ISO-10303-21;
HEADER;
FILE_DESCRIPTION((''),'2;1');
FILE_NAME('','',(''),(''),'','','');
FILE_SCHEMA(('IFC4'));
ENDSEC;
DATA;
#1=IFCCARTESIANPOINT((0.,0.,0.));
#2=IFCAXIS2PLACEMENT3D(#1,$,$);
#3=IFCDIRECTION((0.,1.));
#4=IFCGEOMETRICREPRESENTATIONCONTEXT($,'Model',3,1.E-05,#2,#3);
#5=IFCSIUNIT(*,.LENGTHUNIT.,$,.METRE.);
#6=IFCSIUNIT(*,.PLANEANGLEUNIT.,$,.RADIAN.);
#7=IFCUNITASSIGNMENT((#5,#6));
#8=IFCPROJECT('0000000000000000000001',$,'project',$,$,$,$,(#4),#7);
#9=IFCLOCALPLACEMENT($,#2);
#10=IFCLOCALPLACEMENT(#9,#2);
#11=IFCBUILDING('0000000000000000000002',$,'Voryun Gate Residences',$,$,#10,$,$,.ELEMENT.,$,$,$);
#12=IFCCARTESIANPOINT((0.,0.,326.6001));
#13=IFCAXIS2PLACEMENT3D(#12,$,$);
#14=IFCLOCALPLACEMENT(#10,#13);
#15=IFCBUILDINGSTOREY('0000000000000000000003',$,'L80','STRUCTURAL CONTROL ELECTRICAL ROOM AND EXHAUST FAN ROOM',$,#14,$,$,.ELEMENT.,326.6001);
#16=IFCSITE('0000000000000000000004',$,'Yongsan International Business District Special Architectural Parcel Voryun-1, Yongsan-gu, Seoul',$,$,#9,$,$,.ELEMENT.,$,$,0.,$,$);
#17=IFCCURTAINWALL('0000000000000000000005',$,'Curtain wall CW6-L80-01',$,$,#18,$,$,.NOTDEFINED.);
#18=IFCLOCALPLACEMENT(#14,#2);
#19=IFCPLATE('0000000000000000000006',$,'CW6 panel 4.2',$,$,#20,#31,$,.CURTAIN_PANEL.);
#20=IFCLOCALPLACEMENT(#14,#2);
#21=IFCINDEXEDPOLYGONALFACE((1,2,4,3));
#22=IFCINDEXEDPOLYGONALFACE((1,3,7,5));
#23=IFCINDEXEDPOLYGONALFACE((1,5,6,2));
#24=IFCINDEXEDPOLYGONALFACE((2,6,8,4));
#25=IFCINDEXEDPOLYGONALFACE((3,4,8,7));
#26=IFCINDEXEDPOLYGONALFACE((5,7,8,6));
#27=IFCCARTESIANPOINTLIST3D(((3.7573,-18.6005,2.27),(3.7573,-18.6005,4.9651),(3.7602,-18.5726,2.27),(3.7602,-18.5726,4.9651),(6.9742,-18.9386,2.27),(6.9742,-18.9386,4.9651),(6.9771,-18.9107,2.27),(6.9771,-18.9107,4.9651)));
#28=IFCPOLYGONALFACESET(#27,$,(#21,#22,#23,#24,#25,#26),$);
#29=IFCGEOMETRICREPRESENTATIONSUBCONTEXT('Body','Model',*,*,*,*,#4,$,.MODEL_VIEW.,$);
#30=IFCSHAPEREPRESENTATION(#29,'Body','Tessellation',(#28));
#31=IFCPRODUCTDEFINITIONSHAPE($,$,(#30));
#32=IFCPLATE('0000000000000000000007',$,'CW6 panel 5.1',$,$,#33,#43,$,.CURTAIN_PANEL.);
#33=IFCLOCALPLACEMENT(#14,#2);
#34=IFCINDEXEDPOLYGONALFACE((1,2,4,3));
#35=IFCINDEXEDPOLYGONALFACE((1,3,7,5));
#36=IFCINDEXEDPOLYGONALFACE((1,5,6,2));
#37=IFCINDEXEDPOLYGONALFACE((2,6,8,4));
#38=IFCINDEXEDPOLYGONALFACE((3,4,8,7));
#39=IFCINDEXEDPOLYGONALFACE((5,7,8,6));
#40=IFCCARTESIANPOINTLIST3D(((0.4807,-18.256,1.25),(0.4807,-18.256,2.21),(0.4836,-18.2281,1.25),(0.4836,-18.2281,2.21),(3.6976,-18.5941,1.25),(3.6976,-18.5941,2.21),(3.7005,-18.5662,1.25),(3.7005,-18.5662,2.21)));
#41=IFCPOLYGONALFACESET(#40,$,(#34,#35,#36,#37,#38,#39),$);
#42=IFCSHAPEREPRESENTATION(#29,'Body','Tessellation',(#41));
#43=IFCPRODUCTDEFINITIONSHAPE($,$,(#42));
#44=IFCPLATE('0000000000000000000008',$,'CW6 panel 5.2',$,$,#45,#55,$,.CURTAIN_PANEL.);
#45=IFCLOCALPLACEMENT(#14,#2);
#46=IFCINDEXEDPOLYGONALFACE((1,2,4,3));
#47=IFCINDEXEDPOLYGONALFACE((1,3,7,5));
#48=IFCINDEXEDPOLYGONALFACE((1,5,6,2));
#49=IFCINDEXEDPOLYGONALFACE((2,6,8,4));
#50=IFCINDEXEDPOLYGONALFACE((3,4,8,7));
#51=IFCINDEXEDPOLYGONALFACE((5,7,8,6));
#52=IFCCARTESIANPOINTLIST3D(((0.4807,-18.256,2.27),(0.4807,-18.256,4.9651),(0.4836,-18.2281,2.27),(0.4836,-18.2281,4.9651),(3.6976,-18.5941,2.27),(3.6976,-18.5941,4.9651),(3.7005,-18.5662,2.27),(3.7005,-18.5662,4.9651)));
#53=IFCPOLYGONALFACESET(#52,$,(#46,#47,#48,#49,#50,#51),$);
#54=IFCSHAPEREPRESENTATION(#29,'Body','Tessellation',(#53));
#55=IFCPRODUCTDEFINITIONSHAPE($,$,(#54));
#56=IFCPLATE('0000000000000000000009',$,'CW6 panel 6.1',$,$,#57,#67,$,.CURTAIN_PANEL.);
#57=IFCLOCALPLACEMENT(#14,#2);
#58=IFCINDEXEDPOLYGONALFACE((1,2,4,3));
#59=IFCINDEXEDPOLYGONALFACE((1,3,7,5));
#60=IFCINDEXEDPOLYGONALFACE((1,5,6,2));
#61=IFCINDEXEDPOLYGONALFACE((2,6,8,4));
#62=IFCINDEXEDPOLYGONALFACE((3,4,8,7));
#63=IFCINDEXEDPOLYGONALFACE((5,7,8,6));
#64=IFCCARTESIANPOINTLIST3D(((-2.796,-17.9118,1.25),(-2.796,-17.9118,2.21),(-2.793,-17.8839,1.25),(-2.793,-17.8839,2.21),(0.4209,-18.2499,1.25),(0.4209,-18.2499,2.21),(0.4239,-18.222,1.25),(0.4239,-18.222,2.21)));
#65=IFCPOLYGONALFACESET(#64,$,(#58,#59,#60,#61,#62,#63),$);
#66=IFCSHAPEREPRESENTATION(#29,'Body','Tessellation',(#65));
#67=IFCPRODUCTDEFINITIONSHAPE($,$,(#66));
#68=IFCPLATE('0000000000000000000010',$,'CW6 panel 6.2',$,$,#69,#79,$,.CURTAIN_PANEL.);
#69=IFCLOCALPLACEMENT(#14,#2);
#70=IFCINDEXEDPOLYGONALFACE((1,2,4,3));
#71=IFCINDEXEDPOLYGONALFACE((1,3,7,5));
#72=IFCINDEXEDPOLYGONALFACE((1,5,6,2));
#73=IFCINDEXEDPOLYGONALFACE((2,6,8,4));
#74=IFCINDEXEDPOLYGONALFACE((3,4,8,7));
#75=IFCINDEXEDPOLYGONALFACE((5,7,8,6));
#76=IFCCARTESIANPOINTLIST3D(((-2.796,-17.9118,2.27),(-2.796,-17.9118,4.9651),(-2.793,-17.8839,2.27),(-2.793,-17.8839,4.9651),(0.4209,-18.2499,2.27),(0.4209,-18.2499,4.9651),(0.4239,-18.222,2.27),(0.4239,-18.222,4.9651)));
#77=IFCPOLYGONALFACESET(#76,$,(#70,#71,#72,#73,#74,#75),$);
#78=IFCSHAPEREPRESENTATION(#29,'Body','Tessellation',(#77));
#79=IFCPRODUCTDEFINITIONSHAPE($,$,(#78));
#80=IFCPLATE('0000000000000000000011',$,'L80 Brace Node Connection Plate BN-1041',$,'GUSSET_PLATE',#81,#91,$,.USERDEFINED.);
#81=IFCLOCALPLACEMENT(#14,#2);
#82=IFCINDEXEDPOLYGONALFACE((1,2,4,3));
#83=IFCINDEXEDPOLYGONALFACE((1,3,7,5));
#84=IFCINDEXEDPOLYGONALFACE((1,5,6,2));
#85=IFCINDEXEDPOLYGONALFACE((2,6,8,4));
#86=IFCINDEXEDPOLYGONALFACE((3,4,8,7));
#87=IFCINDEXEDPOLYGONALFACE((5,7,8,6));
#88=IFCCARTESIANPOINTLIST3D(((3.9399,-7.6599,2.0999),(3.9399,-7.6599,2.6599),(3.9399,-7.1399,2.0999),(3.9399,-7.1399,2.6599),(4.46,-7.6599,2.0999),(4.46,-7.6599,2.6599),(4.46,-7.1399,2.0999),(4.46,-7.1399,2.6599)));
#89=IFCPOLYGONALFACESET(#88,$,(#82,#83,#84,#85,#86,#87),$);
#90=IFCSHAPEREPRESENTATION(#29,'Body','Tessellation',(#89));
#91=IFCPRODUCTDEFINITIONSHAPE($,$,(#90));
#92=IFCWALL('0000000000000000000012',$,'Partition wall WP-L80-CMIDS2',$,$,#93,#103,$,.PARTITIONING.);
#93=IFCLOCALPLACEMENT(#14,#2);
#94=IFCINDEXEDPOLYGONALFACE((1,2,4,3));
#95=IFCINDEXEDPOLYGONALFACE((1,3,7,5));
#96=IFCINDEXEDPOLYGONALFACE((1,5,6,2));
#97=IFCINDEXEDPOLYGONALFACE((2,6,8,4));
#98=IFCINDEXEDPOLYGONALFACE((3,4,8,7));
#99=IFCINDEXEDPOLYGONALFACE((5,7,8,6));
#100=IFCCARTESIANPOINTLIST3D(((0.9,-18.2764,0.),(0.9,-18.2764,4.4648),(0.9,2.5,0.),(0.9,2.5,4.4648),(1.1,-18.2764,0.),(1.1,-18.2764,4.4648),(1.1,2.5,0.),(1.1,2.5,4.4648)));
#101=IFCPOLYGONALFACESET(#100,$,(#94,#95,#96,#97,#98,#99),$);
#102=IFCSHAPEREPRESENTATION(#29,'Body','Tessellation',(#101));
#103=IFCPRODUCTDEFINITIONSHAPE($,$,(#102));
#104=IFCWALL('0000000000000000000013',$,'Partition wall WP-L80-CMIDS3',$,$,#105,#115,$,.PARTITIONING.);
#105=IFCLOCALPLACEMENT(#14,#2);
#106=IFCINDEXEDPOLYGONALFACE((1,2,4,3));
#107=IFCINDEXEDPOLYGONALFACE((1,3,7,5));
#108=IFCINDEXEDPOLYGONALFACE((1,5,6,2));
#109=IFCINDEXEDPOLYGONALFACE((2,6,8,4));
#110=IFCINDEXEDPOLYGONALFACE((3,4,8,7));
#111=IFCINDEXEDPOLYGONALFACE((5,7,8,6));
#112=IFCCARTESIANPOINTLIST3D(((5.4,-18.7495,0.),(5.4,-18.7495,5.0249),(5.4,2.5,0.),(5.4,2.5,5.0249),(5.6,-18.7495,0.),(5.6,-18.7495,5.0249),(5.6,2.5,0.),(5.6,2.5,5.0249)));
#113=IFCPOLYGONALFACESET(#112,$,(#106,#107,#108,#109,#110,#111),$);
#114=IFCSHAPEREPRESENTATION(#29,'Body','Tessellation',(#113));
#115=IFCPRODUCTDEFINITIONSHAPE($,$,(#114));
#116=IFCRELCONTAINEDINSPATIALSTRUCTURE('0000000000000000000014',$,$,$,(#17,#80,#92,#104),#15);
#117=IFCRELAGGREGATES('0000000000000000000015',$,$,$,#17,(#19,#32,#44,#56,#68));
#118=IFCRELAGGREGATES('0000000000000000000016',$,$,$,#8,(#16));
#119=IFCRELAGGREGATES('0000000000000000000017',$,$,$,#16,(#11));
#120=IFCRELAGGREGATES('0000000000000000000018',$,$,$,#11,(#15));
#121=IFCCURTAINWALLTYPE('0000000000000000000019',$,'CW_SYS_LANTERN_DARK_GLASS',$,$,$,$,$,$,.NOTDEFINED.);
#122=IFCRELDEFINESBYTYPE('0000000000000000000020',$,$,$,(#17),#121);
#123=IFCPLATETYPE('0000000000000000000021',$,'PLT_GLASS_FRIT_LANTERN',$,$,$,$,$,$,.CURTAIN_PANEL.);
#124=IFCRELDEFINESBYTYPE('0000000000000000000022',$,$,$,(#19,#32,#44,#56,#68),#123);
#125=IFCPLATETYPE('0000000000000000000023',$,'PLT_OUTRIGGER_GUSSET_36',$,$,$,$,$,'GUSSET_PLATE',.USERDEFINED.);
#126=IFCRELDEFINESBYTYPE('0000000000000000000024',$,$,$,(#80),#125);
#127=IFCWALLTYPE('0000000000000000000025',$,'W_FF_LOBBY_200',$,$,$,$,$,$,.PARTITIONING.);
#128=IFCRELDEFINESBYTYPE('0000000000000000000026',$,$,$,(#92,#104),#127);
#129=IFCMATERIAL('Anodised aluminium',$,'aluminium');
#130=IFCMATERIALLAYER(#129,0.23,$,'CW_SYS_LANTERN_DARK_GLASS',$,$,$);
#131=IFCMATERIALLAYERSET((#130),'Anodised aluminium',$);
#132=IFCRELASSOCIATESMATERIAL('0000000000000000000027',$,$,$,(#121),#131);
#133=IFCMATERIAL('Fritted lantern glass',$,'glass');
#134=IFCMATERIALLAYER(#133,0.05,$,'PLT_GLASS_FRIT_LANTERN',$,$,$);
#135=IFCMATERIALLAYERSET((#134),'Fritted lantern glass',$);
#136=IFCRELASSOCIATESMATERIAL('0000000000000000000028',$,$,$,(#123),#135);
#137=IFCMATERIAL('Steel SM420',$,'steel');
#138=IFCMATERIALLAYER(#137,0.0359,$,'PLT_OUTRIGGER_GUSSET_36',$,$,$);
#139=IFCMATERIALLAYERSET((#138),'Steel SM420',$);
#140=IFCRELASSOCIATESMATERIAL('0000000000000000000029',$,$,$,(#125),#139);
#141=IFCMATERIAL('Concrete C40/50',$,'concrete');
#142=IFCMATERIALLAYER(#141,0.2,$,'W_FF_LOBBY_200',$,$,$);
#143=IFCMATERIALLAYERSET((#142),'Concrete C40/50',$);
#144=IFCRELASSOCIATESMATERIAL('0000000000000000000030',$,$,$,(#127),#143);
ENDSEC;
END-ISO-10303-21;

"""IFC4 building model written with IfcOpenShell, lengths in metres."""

from ifc_helpers import new_model, si_unit, direction, frame, frame_2d, origin, origin_2d, place, context, subcontext, project, spatial, rectangle, extrude, material, layer, layer_set, type_object, element, aggregate, save


model = new_model("IFC4")

# Units and contexts
model_context = context("Model", 3, precision=1e-05, world=origin(), true_north=direction((0.0, 1.0)))
body_context = subcontext(model_context, "Body", "Model", "MODEL_VIEW")
ifc_project = project(units=[si_unit("LENGTHUNIT", "METRE"), si_unit("PLANEANGLEUNIT", "RADIAN")], contexts=[model_context])

# Site, building, storey
site_placement = place(None, origin())
site = spatial("IfcSite", under=ifc_project, at=site_placement, Name="Yongsan International Business District Special Architectural Parcel Voryun-1, Yongsan-gu, Seoul", CompositionType="ELEMENT", RefElevation=0.0)
building_placement = place(site_placement, origin())
building = spatial("IfcBuilding", under=site, at=building_placement, Name="Voryun Gate Residences", CompositionType="ELEMENT")
storey_placement = place(building_placement, frame((0.0, 0.0, 326.6001)))
storey = spatial("IfcBuildingStorey", under=building, at=storey_placement, Name="L80", Description="STRUCTURAL CONTROL ELECTRICAL ROOM AND EXHAUST FAN ROOM", CompositionType="ELEMENT", Elevation=326.6001)

# Curtain wall
ifc_material_1 = material(Name="Anodised aluminium", Category="aluminium")
ifc_layer_1 = layer(ifc_material_1, 0.23, Name="CW_SYS_LANTERN_DARK_GLASS")
ifc_layer_set_1 = layer_set([ifc_layer_1], Name="Anodised aluminium")
curtain_wall_type = type_object("IfcCurtainWallType", Name="CW_SYS_LANTERN_DARK_GLASS", PredefinedType="NOTDEFINED", material=ifc_layer_set_1)
curtain_wall_placement = place(storey_placement, origin())
curtain_wall = element("IfcCurtainWall", 1, at=curtain_wall_placement, inside=storey, type_object=curtain_wall_type, Name="Curtain wall CW6-L80-01", PredefinedType="NOTDEFINED")

# Plates
ifc_material_2 = material(Name="Fritted lantern glass", Category="glass")
ifc_layer_2 = layer(ifc_material_2, 0.05, Name="PLT_GLASS_FRIT_LANTERN")
ifc_layer_set_2 = layer_set([ifc_layer_2], Name="Fritted lantern glass")
plate_type_1 = type_object("IfcPlateType", Name="PLT_GLASS_FRIT_LANTERN", PredefinedType="CURTAIN_PANEL", material=ifc_layer_set_2)
plate_1_placement = place(storey_placement, frame((5.3672, -18.7556, 2.27), z_axis=(0.0, 0.0, 1.0), x_axis=(-0.994522, 0.104528, 0.0)))
plate_1 = element("IfcPlate", 2, at=plate_1_placement, type_object=plate_type_1, Name="CW6 panel 4.2", PredefinedType="CURTAIN_PANEL", context=body_context, shape_type="SweptSolid", body=[
    extrude(rectangle(XDim=3.2346, YDim=0.0281, at=origin_2d()), origin(), (0.0, 0.0, 1.0), 2.6951),
])
plate_2_placement = place(storey_placement, frame((2.0906, -18.4111, 1.25), z_axis=(0.0, 0.0, 1.0), x_axis=(-0.994522, 0.104528, 0.0)))
plate_2 = element("IfcPlate", 3, at=plate_2_placement, type_object=plate_type_1, Name="CW6 panel 5.1", PredefinedType="CURTAIN_PANEL", context=body_context, shape_type="SweptSolid", body=[
    extrude(rectangle(XDim=3.2346, YDim=0.0281, at=origin_2d()), origin(), (0.0, 0.0, 1.0), 0.96),
])
plate_3_placement = place(storey_placement, frame((2.0906, -18.4111, 2.27), z_axis=(0.0, 0.0, 1.0), x_axis=(-0.994522, 0.104528, 0.0)))
plate_3 = element("IfcPlate", 4, at=plate_3_placement, type_object=plate_type_1, Name="CW6 panel 5.2", PredefinedType="CURTAIN_PANEL", context=body_context, shape_type="SweptSolid", body=[
    extrude(rectangle(XDim=3.2346, YDim=0.0281, at=origin_2d()), origin(), (0.0, 0.0, 1.0), 2.6951),
])
plate_4_placement = place(storey_placement, frame((-1.186, -18.0669, 1.25), z_axis=(0.0, 0.0, 1.0), x_axis=(-0.994522, 0.104528, 0.0)))
plate_4 = element("IfcPlate", 5, at=plate_4_placement, type_object=plate_type_1, Name="CW6 panel 6.1", PredefinedType="CURTAIN_PANEL", context=body_context, shape_type="SweptSolid", body=[
    extrude(rectangle(XDim=3.2346, YDim=0.0281, at=origin_2d()), origin(), (0.0, 0.0, 1.0), 0.96),
])
plate_5_placement = place(storey_placement, frame((-1.186, -18.0669, 2.27), z_axis=(0.0, 0.0, 1.0), x_axis=(-0.994522, 0.104528, 0.0)))
plate_5 = element("IfcPlate", 6, at=plate_5_placement, type_object=plate_type_1, Name="CW6 panel 6.2", PredefinedType="CURTAIN_PANEL", context=body_context, shape_type="SweptSolid", body=[
    extrude(rectangle(XDim=3.2346, YDim=0.0281, at=origin_2d()), origin(), (0.0, 0.0, 1.0), 2.6951),
])
aggregate(curtain_wall, [plate_1, plate_2, plate_3, plate_4, plate_5])
ifc_material_3 = material(Name="Steel SM420", Category="steel")
ifc_layer_3 = layer(ifc_material_3, 0.0359, Name="PLT_OUTRIGGER_GUSSET_36")
ifc_layer_set_3 = layer_set([ifc_layer_3], Name="Steel SM420")
plate_type_2 = type_object("IfcPlateType", Name="PLT_OUTRIGGER_GUSSET_36", ElementType="GUSSET_PLATE", PredefinedType="USERDEFINED", material=ifc_layer_set_3)
plate_6_placement = place(storey_placement, frame((4.2, -7.3999, 2.0999), z_axis=(0.0, 0.0, 1.0), x_axis=(1.0, 0.0, 0.0)))
element("IfcPlate", 7, at=plate_6_placement, inside=storey, type_object=plate_type_2, Name="L80 Brace Node Connection Plate BN-1041", ObjectType="GUSSET_PLATE", PredefinedType="USERDEFINED", context=body_context, shape_type="SweptSolid", body=[
    extrude(rectangle(XDim=0.52, YDim=0.52, at=origin_2d()), origin(), (0.0, 0.0, 1.0), 0.5601),
])

# Walls
ifc_material_4 = material(Name="Concrete C40/50", Category="concrete")
ifc_layer_4 = layer(ifc_material_4, 0.2, Name="W_FF_LOBBY_200")
ifc_layer_set_4 = layer_set([ifc_layer_4], Name="Concrete C40/50")
wall_type = type_object("IfcWallType", Name="W_FF_LOBBY_200", PredefinedType="PARTITIONING", material=ifc_layer_set_4)
wall_1_placement = place(storey_placement, frame((1.0, -18.2764, 0.0), z_axis=(0.0, 0.0, 1.0), x_axis=(0.0, 1.0, 0.0)))
element("IfcWall", 8, at=wall_1_placement, inside=storey, type_object=wall_type, Name="Partition wall WP-L80-CMIDS2", PredefinedType="PARTITIONING", context=body_context, shape_type="SweptSolid", body=[
    extrude(rectangle(XDim=20.7764, YDim=0.2, at=frame_2d((10.3882, 0.0))), origin(), (0.0, 0.0, 1.0), 4.4648),
])
wall_2_placement = place(storey_placement, frame((5.5, -18.7495, 0.0), z_axis=(0.0, 0.0, 1.0), x_axis=(0.0, 1.0, 0.0)))
element("IfcWall", 9, at=wall_2_placement, inside=storey, type_object=wall_type, Name="Partition wall WP-L80-CMIDS3", PredefinedType="PARTITIONING", context=body_context, shape_type="SweptSolid", body=[
    extrude(rectangle(XDim=21.2495, YDim=0.2, at=frame_2d((10.6248, 0.0))), origin(), (0.0, 0.0, 1.0), 5.0249),
])

save(model, "model.ifc")
